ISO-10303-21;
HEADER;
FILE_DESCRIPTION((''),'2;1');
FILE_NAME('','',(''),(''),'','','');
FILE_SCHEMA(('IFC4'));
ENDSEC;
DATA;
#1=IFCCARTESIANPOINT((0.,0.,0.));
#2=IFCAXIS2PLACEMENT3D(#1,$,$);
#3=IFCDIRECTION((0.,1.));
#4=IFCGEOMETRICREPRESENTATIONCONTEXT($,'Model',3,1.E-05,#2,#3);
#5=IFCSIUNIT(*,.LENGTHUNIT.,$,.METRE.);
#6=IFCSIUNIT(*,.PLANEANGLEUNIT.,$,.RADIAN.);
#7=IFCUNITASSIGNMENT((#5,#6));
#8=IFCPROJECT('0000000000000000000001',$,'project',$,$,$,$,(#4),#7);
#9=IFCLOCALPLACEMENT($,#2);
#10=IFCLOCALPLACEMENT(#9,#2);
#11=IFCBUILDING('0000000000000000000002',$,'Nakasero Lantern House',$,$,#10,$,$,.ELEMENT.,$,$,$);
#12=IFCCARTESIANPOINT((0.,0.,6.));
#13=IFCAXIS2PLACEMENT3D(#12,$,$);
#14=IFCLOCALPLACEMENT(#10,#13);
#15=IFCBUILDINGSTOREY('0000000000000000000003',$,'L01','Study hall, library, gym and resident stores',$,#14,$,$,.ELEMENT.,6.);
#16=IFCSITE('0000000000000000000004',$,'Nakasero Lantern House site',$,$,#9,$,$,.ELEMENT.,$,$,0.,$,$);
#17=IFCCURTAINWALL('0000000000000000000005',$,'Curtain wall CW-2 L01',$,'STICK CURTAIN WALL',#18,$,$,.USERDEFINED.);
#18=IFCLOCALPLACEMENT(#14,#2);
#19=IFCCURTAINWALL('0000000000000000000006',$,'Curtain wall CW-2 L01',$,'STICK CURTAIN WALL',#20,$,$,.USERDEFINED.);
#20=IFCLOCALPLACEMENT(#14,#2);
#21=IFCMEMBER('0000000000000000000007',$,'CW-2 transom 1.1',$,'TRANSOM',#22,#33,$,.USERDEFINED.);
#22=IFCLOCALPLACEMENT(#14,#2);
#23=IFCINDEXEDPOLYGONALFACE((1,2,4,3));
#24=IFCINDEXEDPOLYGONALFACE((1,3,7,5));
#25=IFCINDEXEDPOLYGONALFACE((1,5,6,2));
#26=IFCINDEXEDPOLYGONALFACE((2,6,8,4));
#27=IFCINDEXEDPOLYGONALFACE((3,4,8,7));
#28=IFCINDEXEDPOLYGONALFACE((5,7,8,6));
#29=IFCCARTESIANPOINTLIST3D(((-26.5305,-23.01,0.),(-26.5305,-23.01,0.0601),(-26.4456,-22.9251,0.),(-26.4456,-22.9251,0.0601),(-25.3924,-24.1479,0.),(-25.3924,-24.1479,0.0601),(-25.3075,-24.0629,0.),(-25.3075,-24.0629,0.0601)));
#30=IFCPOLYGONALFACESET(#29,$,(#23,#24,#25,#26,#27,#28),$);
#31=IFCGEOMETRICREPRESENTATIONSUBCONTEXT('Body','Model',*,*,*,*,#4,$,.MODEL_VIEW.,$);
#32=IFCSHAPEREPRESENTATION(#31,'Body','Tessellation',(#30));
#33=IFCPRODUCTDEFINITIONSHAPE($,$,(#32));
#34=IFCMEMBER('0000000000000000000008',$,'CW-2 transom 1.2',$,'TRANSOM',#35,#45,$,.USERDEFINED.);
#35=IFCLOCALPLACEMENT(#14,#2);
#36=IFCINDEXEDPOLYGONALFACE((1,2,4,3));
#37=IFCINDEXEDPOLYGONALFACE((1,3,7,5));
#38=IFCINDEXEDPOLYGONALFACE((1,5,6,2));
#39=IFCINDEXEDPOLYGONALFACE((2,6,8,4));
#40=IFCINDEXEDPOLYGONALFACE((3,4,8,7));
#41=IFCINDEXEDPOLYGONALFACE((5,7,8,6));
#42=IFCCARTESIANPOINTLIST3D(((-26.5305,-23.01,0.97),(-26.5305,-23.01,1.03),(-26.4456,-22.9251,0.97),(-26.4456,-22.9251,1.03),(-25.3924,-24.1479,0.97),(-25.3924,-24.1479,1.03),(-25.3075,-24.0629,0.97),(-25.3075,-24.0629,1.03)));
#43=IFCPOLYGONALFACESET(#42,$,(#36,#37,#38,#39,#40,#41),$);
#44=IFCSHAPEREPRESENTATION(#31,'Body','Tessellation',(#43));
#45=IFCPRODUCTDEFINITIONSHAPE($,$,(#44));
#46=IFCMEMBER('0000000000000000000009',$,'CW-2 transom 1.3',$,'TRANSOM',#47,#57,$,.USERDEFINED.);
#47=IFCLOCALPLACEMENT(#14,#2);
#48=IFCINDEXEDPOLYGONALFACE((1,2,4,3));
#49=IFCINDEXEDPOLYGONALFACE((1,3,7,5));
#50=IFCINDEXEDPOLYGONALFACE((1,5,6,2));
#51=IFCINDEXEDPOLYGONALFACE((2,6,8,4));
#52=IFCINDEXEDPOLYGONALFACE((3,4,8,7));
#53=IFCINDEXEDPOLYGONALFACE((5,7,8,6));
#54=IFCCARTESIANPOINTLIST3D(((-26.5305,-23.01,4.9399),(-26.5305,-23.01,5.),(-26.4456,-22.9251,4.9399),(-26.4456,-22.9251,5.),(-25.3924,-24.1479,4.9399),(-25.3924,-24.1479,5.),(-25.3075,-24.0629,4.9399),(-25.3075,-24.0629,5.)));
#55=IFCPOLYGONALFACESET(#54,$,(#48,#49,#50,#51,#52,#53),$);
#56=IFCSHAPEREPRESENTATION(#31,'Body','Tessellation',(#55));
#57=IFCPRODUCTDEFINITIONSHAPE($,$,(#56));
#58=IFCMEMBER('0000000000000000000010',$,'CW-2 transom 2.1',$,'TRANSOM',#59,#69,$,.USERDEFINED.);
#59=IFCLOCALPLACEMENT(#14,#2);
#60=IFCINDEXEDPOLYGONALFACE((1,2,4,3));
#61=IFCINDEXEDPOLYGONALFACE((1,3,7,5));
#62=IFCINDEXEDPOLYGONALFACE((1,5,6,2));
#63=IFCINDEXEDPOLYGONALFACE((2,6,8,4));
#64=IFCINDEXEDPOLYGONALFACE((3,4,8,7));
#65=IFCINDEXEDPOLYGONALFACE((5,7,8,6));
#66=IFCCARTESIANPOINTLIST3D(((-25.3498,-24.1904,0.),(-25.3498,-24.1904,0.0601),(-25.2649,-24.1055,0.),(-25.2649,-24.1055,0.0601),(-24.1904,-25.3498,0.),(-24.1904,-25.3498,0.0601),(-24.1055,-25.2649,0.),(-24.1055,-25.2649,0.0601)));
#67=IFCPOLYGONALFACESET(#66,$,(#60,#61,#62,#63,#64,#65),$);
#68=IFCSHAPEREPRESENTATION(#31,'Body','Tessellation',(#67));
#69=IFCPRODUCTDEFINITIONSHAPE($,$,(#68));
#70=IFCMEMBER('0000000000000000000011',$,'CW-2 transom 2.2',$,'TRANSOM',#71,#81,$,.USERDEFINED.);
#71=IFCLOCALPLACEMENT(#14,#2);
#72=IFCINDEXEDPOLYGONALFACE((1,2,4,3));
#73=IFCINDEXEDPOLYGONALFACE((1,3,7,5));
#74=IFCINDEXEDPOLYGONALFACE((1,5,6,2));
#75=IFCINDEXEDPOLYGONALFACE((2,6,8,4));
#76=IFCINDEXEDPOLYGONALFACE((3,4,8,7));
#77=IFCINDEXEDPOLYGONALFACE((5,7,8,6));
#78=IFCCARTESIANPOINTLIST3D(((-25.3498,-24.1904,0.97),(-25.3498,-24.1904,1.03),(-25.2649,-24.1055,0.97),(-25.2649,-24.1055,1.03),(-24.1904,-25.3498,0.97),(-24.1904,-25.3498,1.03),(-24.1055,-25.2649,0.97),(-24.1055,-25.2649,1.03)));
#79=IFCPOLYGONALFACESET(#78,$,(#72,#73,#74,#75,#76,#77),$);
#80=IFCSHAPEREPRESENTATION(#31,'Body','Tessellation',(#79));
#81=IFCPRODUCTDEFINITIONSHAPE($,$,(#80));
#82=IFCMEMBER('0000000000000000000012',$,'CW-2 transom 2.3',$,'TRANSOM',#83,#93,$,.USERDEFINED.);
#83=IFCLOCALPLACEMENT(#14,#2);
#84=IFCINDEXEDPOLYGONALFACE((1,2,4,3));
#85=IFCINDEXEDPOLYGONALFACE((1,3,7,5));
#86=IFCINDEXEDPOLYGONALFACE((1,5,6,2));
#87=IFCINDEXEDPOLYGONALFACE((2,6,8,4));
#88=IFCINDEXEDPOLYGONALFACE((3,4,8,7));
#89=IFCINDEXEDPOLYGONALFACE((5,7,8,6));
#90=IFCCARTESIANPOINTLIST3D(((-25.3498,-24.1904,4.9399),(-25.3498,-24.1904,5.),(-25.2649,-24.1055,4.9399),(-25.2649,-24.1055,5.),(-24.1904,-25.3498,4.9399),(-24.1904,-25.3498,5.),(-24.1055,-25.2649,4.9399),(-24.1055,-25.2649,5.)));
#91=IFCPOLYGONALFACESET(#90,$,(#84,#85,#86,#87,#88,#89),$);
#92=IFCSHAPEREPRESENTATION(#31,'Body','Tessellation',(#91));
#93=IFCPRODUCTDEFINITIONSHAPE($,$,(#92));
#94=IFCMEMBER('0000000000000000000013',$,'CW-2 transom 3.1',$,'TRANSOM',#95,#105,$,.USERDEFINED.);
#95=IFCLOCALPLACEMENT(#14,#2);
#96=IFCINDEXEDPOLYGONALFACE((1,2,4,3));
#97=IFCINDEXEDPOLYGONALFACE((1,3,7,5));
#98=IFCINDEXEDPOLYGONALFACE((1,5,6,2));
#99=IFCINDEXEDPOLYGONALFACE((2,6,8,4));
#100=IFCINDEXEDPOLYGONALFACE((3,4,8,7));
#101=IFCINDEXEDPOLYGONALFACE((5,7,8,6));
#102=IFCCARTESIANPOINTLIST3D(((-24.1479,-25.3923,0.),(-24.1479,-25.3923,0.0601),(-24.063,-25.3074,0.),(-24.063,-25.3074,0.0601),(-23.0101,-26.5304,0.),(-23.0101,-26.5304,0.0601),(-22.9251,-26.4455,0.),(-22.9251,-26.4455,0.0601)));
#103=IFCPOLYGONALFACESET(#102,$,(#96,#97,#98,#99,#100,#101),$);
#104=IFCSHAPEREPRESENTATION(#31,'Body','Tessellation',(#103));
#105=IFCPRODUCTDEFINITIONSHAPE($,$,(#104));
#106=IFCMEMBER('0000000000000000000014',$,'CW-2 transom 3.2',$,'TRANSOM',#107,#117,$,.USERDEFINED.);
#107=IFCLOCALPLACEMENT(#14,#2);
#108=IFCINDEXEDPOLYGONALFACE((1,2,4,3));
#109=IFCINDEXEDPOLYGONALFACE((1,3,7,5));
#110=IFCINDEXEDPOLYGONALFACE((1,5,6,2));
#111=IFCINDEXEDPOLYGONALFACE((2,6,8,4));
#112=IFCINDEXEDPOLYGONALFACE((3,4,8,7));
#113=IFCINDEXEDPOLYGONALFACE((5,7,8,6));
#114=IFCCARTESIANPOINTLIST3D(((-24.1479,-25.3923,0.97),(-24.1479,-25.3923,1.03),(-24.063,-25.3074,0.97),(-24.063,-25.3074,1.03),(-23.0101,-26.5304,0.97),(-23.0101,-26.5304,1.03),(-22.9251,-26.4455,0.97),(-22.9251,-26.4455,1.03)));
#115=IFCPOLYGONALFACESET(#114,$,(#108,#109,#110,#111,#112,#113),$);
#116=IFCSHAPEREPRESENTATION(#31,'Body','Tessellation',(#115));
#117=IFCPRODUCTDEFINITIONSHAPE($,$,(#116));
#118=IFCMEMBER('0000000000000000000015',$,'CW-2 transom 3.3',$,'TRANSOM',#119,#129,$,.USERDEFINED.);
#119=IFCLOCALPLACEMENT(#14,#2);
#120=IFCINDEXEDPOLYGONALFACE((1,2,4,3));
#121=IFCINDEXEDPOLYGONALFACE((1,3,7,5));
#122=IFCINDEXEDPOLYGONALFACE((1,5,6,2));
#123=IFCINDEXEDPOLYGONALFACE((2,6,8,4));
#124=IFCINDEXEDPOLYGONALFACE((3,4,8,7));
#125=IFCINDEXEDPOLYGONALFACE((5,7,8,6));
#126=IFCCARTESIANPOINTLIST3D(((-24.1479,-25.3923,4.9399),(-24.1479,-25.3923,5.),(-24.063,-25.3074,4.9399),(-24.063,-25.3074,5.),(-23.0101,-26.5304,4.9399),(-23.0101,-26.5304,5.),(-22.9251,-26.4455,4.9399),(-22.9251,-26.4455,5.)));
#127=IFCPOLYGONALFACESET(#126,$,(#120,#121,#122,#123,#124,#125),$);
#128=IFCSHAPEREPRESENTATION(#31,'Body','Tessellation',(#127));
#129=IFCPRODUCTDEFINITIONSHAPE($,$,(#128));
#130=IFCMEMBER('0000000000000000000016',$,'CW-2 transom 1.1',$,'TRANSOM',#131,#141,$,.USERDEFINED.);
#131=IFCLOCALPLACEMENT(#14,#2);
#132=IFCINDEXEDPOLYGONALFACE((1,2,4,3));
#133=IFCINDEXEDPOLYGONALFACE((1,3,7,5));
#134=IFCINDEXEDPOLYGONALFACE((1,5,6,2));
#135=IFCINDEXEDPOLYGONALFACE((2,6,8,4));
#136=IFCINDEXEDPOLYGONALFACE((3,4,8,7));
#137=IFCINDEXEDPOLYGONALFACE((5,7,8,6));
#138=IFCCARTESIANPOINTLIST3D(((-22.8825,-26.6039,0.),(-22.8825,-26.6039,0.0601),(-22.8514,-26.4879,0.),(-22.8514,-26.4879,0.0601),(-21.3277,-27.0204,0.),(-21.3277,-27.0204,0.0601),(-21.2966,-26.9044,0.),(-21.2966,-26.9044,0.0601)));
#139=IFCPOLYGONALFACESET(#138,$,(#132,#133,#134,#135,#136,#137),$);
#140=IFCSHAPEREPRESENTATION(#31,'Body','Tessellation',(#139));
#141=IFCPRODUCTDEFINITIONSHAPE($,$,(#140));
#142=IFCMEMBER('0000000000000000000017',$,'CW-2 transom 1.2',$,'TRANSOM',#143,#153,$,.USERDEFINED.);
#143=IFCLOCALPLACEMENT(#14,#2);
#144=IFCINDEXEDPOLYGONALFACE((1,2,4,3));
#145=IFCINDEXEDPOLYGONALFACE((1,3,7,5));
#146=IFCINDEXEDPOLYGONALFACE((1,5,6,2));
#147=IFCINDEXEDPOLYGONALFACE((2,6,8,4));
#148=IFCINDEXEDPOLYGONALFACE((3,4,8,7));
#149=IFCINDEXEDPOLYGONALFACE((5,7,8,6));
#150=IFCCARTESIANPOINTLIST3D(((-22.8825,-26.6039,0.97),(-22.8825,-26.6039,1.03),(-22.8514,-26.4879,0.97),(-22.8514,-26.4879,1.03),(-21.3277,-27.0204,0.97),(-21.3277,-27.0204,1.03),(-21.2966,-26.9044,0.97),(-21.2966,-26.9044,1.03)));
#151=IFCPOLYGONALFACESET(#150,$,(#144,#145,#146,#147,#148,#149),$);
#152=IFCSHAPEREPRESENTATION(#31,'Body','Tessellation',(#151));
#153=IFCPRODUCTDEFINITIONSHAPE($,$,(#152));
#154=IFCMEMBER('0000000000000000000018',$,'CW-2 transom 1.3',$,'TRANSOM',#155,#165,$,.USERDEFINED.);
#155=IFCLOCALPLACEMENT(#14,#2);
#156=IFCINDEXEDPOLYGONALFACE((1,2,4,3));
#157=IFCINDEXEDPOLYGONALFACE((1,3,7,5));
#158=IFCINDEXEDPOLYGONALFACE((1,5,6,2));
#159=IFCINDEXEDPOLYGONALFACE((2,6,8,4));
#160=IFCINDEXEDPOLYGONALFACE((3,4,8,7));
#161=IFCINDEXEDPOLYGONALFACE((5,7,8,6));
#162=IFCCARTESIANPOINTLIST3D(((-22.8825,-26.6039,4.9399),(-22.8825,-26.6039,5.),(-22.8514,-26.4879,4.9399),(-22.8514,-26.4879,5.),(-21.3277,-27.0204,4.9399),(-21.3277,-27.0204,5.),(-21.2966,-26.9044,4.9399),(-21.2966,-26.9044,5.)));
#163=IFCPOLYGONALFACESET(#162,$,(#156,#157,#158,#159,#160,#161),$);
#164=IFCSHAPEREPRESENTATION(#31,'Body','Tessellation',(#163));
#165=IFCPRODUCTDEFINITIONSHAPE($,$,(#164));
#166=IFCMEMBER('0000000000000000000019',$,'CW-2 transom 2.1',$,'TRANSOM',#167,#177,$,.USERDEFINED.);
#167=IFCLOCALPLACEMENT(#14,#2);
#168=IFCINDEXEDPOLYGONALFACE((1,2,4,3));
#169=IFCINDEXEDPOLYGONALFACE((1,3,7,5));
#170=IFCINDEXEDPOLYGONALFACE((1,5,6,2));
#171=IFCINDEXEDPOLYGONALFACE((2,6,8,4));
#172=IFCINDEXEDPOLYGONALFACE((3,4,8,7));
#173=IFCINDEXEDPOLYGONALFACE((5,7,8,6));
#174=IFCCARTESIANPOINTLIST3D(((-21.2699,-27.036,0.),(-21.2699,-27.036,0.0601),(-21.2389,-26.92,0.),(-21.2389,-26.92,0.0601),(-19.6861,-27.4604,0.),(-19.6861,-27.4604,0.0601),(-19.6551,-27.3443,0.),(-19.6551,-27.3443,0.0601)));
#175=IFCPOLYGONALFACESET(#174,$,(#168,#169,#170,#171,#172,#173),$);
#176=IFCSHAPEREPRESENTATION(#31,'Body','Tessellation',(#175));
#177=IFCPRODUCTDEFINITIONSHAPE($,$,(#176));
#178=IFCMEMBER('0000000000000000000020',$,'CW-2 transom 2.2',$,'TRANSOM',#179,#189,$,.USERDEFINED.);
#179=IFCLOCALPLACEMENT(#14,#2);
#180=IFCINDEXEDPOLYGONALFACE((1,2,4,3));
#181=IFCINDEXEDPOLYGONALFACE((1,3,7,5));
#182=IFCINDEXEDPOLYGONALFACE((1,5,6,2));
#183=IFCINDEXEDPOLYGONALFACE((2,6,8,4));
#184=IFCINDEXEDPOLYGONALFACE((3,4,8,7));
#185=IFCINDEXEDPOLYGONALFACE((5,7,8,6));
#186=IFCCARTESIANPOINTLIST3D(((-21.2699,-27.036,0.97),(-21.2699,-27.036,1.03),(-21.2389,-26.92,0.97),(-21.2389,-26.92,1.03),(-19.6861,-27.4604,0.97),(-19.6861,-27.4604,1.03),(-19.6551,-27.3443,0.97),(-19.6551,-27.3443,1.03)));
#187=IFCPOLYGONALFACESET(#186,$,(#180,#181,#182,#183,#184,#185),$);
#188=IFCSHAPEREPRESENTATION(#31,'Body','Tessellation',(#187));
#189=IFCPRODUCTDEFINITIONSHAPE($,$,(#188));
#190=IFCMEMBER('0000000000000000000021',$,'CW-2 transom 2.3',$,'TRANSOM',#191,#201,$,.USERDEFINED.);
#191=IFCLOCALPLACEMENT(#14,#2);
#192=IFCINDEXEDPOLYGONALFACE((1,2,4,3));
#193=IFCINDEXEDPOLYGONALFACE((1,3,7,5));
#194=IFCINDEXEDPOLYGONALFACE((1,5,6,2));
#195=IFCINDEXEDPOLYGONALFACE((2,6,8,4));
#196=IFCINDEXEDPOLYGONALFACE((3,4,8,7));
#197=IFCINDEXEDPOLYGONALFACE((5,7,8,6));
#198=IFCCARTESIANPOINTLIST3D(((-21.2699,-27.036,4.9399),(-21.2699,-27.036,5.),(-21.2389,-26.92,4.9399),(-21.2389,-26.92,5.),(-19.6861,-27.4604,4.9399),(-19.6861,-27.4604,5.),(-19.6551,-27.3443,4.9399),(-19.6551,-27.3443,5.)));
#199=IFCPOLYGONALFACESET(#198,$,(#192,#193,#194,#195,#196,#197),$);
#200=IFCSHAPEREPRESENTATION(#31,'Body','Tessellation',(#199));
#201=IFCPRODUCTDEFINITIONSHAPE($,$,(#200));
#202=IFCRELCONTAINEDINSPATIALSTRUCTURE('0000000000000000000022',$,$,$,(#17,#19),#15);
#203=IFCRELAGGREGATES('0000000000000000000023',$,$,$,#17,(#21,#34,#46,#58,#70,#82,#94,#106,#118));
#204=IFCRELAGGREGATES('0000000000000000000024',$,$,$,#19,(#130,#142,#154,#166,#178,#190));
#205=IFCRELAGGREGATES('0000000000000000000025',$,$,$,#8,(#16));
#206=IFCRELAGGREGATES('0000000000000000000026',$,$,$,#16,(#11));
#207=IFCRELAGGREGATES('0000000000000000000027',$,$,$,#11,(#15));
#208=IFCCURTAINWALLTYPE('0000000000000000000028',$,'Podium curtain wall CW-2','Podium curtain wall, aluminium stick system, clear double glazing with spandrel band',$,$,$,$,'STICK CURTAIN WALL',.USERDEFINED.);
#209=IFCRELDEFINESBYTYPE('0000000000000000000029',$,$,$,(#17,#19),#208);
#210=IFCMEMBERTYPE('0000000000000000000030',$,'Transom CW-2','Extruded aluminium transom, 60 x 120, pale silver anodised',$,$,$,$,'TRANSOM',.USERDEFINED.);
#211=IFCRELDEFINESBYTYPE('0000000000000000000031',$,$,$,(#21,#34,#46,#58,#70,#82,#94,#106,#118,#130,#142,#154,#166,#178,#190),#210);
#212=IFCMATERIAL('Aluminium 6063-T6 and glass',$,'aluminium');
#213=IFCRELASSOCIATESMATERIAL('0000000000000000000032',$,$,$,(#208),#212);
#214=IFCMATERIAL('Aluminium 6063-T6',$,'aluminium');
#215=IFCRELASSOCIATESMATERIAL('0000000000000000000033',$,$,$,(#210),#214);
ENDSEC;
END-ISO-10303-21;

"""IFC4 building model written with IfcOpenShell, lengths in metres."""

from ifc_helpers import new_model, si_unit, direction, frame, origin, origin_2d, place, context, subcontext, project, spatial, rectangle, extrude, material, material_profile, profile_set, type_object, element, aggregate, save


model = new_model("IFC4")

# Units and contexts
model_context = context("Model", 3, precision=1e-05, world=origin(), true_north=direction((0.0, 1.0)))
body_context = subcontext(model_context, "Body", "Model", "MODEL_VIEW")
ifc_project = project(units=[si_unit("LENGTHUNIT", "METRE"), si_unit("PLANEANGLEUNIT", "RADIAN")], contexts=[model_context])

# Site, building, storey
site_placement = place(None, origin())
site = spatial("IfcSite", under=ifc_project, at=site_placement, Name="Nakasero Lantern House site", CompositionType="ELEMENT", RefElevation=0.0)
building_placement = place(site_placement, origin())
building = spatial("IfcBuilding", under=site, at=building_placement, Name="Nakasero Lantern House", CompositionType="ELEMENT")
storey_placement = place(building_placement, frame((0.0, 0.0, 6.0)))
storey = spatial("IfcBuildingStorey", under=building, at=storey_placement, Name="L01", Description="Study hall, library, gym and resident stores", CompositionType="ELEMENT", Elevation=6.0)

# Curtain walls
ifc_material_1 = material(Name="Aluminium 6063-T6 and glass", Category="aluminium")
curtain_wall_type = type_object("IfcCurtainWallType", Name="Podium curtain wall CW-2", Description="Podium curtain wall, aluminium stick system, clear double glazing with spandrel band", ElementType="STICK CURTAIN WALL", PredefinedType="USERDEFINED", material=ifc_material_1)
curtain_wall_1_placement = place(storey_placement, origin())
curtain_wall_1 = element("IfcCurtainWall", 1, at=curtain_wall_1_placement, inside=storey, type_object=curtain_wall_type, Name="Curtain wall CW-2 L01", ObjectType="STICK CURTAIN WALL", PredefinedType="USERDEFINED")
curtain_wall_2_placement = place(storey_placement, origin())
curtain_wall_2 = element("IfcCurtainWall", 2, at=curtain_wall_2_placement, inside=storey, type_object=curtain_wall_type, Name="Curtain wall CW-2 L01", ObjectType="STICK CURTAIN WALL", PredefinedType="USERDEFINED")

# Members
ifc_material_2 = material(Name="Aluminium 6063-T6", Category="aluminium")
ifc_material_profile_1 = material_profile(ifc_material_2, rectangle(XDim=0.0601, YDim=0.1201, at=origin_2d()), Name="CW-2 transom 60x120")
ifc_profile_set_1 = profile_set([ifc_material_profile_1], Name="Aluminium 6063-T6")
member_type_1 = type_object("IfcMemberType", Name="Transom CW-2", Description="Extruded aluminium transom, 60 x 120, pale silver anodised", ElementType="TRANSOM", PredefinedType="USERDEFINED", material=ifc_profile_set_1)
member_1_placement = place(storey_placement, frame((-26.488, -22.9675, 0.03), z_axis=(0.707183, -0.707031, 0.0), x_axis=(0.0, 0.0, 1.0)))
member_1 = element("IfcMember", 3, at=member_1_placement, type_object=member_type_1, Name="CW-2 transom 1.1", ObjectType="TRANSOM", PredefinedType="USERDEFINED", context=body_context, shape_type="SweptSolid", body=[
    extrude(rectangle(XDim=0.0601, YDim=0.1201, at=origin_2d()), origin(), (0.0, 0.0, 1.0), 1.6094),
])
member_2_placement = place(storey_placement, frame((-26.488, -22.9675, 1.0), z_axis=(0.707183, -0.707031, 0.0), x_axis=(0.0, 0.0, 1.0)))
member_2 = element("IfcMember", 4, at=member_2_placement, type_object=member_type_1, Name="CW-2 transom 1.2", ObjectType="TRANSOM", PredefinedType="USERDEFINED", context=body_context, shape_type="SweptSolid", body=[
    extrude(rectangle(XDim=0.0601, YDim=0.1201, at=origin_2d()), origin(), (0.0, 0.0, 1.0), 1.6094),
])
member_3_placement = place(storey_placement, frame((-26.488, -22.9675, 4.97), z_axis=(0.707183, -0.707031, 0.0), x_axis=(0.0, 0.0, 1.0)))
member_3 = element("IfcMember", 5, at=member_3_placement, type_object=member_type_1, Name="CW-2 transom 1.3", ObjectType="TRANSOM", PredefinedType="USERDEFINED", context=body_context, shape_type="SweptSolid", body=[
    extrude(rectangle(XDim=0.0601, YDim=0.1201, at=origin_2d()), origin(), (0.0, 0.0, 1.0), 1.6094),
])
member_4_placement = place(storey_placement, frame((-25.3074, -24.1479, 0.03), z_axis=(0.707107, -0.707107, 0.0), x_axis=(0.0, 0.0, 1.0)))
member_4 = element("IfcMember", 6, at=member_4_placement, type_object=member_type_1, Name="CW-2 transom 2.1", ObjectType="TRANSOM", PredefinedType="USERDEFINED", context=body_context, shape_type="SweptSolid", body=[
    extrude(rectangle(XDim=0.0601, YDim=0.1201, at=origin_2d()), origin(), (0.0, 0.0, 1.0), 1.6396),
])
member_5_placement = place(storey_placement, frame((-25.3074, -24.1479, 1.0), z_axis=(0.707107, -0.707107, 0.0), x_axis=(0.0, 0.0, 1.0)))
member_5 = element("IfcMember", 7, at=member_5_placement, type_object=member_type_1, Name="CW-2 transom 2.2", ObjectType="TRANSOM", PredefinedType="USERDEFINED", context=body_context, shape_type="SweptSolid", body=[
    extrude(rectangle(XDim=0.0601, YDim=0.1201, at=origin_2d()), origin(), (0.0, 0.0, 1.0), 1.6396),
])
member_6_placement = place(storey_placement, frame((-25.3074, -24.1479, 4.97), z_axis=(0.707107, -0.707107, 0.0), x_axis=(0.0, 0.0, 1.0)))
member_6 = element("IfcMember", 8, at=member_6_placement, type_object=member_type_1, Name="CW-2 transom 2.3", ObjectType="TRANSOM", PredefinedType="USERDEFINED", context=body_context, shape_type="SweptSolid", body=[
    extrude(rectangle(XDim=0.0601, YDim=0.1201, at=origin_2d()), origin(), (0.0, 0.0, 1.0), 1.6396),
])
member_7_placement = place(storey_placement, frame((-24.1055, -25.3499, 0.03), z_axis=(0.707031, -0.707183, 0.0), x_axis=(0.0, 0.0, 1.0)))
member_7 = element("IfcMember", 9, at=member_7_placement, type_object=member_type_1, Name="CW-2 transom 3.1", ObjectType="TRANSOM", PredefinedType="USERDEFINED", context=body_context, shape_type="SweptSolid", body=[
    extrude(rectangle(XDim=0.0601, YDim=0.1201, at=origin_2d()), origin(), (0.0, 0.0, 1.0), 1.6094),
])
member_8_placement = place(storey_placement, frame((-24.1055, -25.3499, 1.0), z_axis=(0.707031, -0.707183, 0.0), x_axis=(0.0, 0.0, 1.0)))
member_8 = element("IfcMember", 10, at=member_8_placement, type_object=member_type_1, Name="CW-2 transom 3.2", ObjectType="TRANSOM", PredefinedType="USERDEFINED", context=body_context, shape_type="SweptSolid", body=[
    extrude(rectangle(XDim=0.0601, YDim=0.1201, at=origin_2d()), origin(), (0.0, 0.0, 1.0), 1.6094),
])
member_9_placement = place(storey_placement, frame((-24.1055, -25.3499, 4.97), z_axis=(0.707031, -0.707183, 0.0), x_axis=(0.0, 0.0, 1.0)))
member_9 = element("IfcMember", 11, at=member_9_placement, type_object=member_type_1, Name="CW-2 transom 3.3", ObjectType="TRANSOM", PredefinedType="USERDEFINED", context=body_context, shape_type="SweptSolid", body=[
    extrude(rectangle(XDim=0.0601, YDim=0.1201, at=origin_2d()), origin(), (0.0, 0.0, 1.0), 1.6094),
])
member_10_placement = place(storey_placement, frame((-22.8669, -26.5459, 0.03), z_axis=(0.965937, -0.258777, 0.0), x_axis=(0.0, 0.0, 1.0)))
member_10 = element("IfcMember", 12, at=member_10_placement, type_object=member_type_1, Name="CW-2 transom 1.1", ObjectType="TRANSOM", PredefinedType="USERDEFINED", context=body_context, shape_type="SweptSolid", body=[
    extrude(rectangle(XDim=0.0601, YDim=0.1201, at=origin_2d()), origin(), (0.0, 0.0, 1.0), 1.6096),
])
member_11_placement = place(storey_placement, frame((-22.8669, -26.5459, 1.0), z_axis=(0.965937, -0.258777, 0.0), x_axis=(0.0, 0.0, 1.0)))
member_11 = element("IfcMember", 13, at=member_11_placement, type_object=member_type_1, Name="CW-2 transom 1.2", ObjectType="TRANSOM", PredefinedType="USERDEFINED", context=body_context, shape_type="SweptSolid", body=[
    extrude(rectangle(XDim=0.0601, YDim=0.1201, at=origin_2d()), origin(), (0.0, 0.0, 1.0), 1.6096),
])
member_12_placement = place(storey_placement, frame((-22.8669, -26.5459, 4.97), z_axis=(0.965937, -0.258777, 0.0), x_axis=(0.0, 0.0, 1.0)))
member_12 = element("IfcMember", 14, at=member_12_placement, type_object=member_type_1, Name="CW-2 transom 1.3", ObjectType="TRANSOM", PredefinedType="USERDEFINED", context=body_context, shape_type="SweptSolid", body=[
    extrude(rectangle(XDim=0.0601, YDim=0.1201, at=origin_2d()), origin(), (0.0, 0.0, 1.0), 1.6096),
])
member_13_placement = place(storey_placement, frame((-21.2544, -26.978, 0.03), z_axis=(0.965933, -0.258793, 0.0), x_axis=(0.0, 0.0, 1.0)))
member_13 = element("IfcMember", 15, at=member_13_placement, type_object=member_type_1, Name="CW-2 transom 2.1", ObjectType="TRANSOM", PredefinedType="USERDEFINED", context=body_context, shape_type="SweptSolid", body=[
    extrude(rectangle(XDim=0.0601, YDim=0.1201, at=origin_2d()), origin(), (0.0, 0.0, 1.0), 1.6396),
])
member_14_placement = place(storey_placement, frame((-21.2544, -26.978, 1.0), z_axis=(0.965933, -0.258793, 0.0), x_axis=(0.0, 0.0, 1.0)))
member_14 = element("IfcMember", 16, at=member_14_placement, type_object=member_type_1, Name="CW-2 transom 2.2", ObjectType="TRANSOM", PredefinedType="USERDEFINED", context=body_context, shape_type="SweptSolid", body=[
    extrude(rectangle(XDim=0.0601, YDim=0.1201, at=origin_2d()), origin(), (0.0, 0.0, 1.0), 1.6396),
])
member_15_placement = place(storey_placement, frame((-21.2544, -26.978, 4.97), z_axis=(0.965933, -0.258793, 0.0), x_axis=(0.0, 0.0, 1.0)))
member_15 = element("IfcMember", 17, at=member_15_placement, type_object=member_type_1, Name="CW-2 transom 2.3", ObjectType="TRANSOM", PredefinedType="USERDEFINED", context=body_context, shape_type="SweptSolid", body=[
    extrude(rectangle(XDim=0.0601, YDim=0.1201, at=origin_2d()), origin(), (0.0, 0.0, 1.0), 1.6396),
])

aggregate(curtain_wall_1, [member_1, member_2, member_3, member_4, member_5, member_6, member_7, member_8, member_9])
aggregate(curtain_wall_2, [member_10, member_11, member_12, member_13, member_14, member_15])

save(model, "model.ifc")
